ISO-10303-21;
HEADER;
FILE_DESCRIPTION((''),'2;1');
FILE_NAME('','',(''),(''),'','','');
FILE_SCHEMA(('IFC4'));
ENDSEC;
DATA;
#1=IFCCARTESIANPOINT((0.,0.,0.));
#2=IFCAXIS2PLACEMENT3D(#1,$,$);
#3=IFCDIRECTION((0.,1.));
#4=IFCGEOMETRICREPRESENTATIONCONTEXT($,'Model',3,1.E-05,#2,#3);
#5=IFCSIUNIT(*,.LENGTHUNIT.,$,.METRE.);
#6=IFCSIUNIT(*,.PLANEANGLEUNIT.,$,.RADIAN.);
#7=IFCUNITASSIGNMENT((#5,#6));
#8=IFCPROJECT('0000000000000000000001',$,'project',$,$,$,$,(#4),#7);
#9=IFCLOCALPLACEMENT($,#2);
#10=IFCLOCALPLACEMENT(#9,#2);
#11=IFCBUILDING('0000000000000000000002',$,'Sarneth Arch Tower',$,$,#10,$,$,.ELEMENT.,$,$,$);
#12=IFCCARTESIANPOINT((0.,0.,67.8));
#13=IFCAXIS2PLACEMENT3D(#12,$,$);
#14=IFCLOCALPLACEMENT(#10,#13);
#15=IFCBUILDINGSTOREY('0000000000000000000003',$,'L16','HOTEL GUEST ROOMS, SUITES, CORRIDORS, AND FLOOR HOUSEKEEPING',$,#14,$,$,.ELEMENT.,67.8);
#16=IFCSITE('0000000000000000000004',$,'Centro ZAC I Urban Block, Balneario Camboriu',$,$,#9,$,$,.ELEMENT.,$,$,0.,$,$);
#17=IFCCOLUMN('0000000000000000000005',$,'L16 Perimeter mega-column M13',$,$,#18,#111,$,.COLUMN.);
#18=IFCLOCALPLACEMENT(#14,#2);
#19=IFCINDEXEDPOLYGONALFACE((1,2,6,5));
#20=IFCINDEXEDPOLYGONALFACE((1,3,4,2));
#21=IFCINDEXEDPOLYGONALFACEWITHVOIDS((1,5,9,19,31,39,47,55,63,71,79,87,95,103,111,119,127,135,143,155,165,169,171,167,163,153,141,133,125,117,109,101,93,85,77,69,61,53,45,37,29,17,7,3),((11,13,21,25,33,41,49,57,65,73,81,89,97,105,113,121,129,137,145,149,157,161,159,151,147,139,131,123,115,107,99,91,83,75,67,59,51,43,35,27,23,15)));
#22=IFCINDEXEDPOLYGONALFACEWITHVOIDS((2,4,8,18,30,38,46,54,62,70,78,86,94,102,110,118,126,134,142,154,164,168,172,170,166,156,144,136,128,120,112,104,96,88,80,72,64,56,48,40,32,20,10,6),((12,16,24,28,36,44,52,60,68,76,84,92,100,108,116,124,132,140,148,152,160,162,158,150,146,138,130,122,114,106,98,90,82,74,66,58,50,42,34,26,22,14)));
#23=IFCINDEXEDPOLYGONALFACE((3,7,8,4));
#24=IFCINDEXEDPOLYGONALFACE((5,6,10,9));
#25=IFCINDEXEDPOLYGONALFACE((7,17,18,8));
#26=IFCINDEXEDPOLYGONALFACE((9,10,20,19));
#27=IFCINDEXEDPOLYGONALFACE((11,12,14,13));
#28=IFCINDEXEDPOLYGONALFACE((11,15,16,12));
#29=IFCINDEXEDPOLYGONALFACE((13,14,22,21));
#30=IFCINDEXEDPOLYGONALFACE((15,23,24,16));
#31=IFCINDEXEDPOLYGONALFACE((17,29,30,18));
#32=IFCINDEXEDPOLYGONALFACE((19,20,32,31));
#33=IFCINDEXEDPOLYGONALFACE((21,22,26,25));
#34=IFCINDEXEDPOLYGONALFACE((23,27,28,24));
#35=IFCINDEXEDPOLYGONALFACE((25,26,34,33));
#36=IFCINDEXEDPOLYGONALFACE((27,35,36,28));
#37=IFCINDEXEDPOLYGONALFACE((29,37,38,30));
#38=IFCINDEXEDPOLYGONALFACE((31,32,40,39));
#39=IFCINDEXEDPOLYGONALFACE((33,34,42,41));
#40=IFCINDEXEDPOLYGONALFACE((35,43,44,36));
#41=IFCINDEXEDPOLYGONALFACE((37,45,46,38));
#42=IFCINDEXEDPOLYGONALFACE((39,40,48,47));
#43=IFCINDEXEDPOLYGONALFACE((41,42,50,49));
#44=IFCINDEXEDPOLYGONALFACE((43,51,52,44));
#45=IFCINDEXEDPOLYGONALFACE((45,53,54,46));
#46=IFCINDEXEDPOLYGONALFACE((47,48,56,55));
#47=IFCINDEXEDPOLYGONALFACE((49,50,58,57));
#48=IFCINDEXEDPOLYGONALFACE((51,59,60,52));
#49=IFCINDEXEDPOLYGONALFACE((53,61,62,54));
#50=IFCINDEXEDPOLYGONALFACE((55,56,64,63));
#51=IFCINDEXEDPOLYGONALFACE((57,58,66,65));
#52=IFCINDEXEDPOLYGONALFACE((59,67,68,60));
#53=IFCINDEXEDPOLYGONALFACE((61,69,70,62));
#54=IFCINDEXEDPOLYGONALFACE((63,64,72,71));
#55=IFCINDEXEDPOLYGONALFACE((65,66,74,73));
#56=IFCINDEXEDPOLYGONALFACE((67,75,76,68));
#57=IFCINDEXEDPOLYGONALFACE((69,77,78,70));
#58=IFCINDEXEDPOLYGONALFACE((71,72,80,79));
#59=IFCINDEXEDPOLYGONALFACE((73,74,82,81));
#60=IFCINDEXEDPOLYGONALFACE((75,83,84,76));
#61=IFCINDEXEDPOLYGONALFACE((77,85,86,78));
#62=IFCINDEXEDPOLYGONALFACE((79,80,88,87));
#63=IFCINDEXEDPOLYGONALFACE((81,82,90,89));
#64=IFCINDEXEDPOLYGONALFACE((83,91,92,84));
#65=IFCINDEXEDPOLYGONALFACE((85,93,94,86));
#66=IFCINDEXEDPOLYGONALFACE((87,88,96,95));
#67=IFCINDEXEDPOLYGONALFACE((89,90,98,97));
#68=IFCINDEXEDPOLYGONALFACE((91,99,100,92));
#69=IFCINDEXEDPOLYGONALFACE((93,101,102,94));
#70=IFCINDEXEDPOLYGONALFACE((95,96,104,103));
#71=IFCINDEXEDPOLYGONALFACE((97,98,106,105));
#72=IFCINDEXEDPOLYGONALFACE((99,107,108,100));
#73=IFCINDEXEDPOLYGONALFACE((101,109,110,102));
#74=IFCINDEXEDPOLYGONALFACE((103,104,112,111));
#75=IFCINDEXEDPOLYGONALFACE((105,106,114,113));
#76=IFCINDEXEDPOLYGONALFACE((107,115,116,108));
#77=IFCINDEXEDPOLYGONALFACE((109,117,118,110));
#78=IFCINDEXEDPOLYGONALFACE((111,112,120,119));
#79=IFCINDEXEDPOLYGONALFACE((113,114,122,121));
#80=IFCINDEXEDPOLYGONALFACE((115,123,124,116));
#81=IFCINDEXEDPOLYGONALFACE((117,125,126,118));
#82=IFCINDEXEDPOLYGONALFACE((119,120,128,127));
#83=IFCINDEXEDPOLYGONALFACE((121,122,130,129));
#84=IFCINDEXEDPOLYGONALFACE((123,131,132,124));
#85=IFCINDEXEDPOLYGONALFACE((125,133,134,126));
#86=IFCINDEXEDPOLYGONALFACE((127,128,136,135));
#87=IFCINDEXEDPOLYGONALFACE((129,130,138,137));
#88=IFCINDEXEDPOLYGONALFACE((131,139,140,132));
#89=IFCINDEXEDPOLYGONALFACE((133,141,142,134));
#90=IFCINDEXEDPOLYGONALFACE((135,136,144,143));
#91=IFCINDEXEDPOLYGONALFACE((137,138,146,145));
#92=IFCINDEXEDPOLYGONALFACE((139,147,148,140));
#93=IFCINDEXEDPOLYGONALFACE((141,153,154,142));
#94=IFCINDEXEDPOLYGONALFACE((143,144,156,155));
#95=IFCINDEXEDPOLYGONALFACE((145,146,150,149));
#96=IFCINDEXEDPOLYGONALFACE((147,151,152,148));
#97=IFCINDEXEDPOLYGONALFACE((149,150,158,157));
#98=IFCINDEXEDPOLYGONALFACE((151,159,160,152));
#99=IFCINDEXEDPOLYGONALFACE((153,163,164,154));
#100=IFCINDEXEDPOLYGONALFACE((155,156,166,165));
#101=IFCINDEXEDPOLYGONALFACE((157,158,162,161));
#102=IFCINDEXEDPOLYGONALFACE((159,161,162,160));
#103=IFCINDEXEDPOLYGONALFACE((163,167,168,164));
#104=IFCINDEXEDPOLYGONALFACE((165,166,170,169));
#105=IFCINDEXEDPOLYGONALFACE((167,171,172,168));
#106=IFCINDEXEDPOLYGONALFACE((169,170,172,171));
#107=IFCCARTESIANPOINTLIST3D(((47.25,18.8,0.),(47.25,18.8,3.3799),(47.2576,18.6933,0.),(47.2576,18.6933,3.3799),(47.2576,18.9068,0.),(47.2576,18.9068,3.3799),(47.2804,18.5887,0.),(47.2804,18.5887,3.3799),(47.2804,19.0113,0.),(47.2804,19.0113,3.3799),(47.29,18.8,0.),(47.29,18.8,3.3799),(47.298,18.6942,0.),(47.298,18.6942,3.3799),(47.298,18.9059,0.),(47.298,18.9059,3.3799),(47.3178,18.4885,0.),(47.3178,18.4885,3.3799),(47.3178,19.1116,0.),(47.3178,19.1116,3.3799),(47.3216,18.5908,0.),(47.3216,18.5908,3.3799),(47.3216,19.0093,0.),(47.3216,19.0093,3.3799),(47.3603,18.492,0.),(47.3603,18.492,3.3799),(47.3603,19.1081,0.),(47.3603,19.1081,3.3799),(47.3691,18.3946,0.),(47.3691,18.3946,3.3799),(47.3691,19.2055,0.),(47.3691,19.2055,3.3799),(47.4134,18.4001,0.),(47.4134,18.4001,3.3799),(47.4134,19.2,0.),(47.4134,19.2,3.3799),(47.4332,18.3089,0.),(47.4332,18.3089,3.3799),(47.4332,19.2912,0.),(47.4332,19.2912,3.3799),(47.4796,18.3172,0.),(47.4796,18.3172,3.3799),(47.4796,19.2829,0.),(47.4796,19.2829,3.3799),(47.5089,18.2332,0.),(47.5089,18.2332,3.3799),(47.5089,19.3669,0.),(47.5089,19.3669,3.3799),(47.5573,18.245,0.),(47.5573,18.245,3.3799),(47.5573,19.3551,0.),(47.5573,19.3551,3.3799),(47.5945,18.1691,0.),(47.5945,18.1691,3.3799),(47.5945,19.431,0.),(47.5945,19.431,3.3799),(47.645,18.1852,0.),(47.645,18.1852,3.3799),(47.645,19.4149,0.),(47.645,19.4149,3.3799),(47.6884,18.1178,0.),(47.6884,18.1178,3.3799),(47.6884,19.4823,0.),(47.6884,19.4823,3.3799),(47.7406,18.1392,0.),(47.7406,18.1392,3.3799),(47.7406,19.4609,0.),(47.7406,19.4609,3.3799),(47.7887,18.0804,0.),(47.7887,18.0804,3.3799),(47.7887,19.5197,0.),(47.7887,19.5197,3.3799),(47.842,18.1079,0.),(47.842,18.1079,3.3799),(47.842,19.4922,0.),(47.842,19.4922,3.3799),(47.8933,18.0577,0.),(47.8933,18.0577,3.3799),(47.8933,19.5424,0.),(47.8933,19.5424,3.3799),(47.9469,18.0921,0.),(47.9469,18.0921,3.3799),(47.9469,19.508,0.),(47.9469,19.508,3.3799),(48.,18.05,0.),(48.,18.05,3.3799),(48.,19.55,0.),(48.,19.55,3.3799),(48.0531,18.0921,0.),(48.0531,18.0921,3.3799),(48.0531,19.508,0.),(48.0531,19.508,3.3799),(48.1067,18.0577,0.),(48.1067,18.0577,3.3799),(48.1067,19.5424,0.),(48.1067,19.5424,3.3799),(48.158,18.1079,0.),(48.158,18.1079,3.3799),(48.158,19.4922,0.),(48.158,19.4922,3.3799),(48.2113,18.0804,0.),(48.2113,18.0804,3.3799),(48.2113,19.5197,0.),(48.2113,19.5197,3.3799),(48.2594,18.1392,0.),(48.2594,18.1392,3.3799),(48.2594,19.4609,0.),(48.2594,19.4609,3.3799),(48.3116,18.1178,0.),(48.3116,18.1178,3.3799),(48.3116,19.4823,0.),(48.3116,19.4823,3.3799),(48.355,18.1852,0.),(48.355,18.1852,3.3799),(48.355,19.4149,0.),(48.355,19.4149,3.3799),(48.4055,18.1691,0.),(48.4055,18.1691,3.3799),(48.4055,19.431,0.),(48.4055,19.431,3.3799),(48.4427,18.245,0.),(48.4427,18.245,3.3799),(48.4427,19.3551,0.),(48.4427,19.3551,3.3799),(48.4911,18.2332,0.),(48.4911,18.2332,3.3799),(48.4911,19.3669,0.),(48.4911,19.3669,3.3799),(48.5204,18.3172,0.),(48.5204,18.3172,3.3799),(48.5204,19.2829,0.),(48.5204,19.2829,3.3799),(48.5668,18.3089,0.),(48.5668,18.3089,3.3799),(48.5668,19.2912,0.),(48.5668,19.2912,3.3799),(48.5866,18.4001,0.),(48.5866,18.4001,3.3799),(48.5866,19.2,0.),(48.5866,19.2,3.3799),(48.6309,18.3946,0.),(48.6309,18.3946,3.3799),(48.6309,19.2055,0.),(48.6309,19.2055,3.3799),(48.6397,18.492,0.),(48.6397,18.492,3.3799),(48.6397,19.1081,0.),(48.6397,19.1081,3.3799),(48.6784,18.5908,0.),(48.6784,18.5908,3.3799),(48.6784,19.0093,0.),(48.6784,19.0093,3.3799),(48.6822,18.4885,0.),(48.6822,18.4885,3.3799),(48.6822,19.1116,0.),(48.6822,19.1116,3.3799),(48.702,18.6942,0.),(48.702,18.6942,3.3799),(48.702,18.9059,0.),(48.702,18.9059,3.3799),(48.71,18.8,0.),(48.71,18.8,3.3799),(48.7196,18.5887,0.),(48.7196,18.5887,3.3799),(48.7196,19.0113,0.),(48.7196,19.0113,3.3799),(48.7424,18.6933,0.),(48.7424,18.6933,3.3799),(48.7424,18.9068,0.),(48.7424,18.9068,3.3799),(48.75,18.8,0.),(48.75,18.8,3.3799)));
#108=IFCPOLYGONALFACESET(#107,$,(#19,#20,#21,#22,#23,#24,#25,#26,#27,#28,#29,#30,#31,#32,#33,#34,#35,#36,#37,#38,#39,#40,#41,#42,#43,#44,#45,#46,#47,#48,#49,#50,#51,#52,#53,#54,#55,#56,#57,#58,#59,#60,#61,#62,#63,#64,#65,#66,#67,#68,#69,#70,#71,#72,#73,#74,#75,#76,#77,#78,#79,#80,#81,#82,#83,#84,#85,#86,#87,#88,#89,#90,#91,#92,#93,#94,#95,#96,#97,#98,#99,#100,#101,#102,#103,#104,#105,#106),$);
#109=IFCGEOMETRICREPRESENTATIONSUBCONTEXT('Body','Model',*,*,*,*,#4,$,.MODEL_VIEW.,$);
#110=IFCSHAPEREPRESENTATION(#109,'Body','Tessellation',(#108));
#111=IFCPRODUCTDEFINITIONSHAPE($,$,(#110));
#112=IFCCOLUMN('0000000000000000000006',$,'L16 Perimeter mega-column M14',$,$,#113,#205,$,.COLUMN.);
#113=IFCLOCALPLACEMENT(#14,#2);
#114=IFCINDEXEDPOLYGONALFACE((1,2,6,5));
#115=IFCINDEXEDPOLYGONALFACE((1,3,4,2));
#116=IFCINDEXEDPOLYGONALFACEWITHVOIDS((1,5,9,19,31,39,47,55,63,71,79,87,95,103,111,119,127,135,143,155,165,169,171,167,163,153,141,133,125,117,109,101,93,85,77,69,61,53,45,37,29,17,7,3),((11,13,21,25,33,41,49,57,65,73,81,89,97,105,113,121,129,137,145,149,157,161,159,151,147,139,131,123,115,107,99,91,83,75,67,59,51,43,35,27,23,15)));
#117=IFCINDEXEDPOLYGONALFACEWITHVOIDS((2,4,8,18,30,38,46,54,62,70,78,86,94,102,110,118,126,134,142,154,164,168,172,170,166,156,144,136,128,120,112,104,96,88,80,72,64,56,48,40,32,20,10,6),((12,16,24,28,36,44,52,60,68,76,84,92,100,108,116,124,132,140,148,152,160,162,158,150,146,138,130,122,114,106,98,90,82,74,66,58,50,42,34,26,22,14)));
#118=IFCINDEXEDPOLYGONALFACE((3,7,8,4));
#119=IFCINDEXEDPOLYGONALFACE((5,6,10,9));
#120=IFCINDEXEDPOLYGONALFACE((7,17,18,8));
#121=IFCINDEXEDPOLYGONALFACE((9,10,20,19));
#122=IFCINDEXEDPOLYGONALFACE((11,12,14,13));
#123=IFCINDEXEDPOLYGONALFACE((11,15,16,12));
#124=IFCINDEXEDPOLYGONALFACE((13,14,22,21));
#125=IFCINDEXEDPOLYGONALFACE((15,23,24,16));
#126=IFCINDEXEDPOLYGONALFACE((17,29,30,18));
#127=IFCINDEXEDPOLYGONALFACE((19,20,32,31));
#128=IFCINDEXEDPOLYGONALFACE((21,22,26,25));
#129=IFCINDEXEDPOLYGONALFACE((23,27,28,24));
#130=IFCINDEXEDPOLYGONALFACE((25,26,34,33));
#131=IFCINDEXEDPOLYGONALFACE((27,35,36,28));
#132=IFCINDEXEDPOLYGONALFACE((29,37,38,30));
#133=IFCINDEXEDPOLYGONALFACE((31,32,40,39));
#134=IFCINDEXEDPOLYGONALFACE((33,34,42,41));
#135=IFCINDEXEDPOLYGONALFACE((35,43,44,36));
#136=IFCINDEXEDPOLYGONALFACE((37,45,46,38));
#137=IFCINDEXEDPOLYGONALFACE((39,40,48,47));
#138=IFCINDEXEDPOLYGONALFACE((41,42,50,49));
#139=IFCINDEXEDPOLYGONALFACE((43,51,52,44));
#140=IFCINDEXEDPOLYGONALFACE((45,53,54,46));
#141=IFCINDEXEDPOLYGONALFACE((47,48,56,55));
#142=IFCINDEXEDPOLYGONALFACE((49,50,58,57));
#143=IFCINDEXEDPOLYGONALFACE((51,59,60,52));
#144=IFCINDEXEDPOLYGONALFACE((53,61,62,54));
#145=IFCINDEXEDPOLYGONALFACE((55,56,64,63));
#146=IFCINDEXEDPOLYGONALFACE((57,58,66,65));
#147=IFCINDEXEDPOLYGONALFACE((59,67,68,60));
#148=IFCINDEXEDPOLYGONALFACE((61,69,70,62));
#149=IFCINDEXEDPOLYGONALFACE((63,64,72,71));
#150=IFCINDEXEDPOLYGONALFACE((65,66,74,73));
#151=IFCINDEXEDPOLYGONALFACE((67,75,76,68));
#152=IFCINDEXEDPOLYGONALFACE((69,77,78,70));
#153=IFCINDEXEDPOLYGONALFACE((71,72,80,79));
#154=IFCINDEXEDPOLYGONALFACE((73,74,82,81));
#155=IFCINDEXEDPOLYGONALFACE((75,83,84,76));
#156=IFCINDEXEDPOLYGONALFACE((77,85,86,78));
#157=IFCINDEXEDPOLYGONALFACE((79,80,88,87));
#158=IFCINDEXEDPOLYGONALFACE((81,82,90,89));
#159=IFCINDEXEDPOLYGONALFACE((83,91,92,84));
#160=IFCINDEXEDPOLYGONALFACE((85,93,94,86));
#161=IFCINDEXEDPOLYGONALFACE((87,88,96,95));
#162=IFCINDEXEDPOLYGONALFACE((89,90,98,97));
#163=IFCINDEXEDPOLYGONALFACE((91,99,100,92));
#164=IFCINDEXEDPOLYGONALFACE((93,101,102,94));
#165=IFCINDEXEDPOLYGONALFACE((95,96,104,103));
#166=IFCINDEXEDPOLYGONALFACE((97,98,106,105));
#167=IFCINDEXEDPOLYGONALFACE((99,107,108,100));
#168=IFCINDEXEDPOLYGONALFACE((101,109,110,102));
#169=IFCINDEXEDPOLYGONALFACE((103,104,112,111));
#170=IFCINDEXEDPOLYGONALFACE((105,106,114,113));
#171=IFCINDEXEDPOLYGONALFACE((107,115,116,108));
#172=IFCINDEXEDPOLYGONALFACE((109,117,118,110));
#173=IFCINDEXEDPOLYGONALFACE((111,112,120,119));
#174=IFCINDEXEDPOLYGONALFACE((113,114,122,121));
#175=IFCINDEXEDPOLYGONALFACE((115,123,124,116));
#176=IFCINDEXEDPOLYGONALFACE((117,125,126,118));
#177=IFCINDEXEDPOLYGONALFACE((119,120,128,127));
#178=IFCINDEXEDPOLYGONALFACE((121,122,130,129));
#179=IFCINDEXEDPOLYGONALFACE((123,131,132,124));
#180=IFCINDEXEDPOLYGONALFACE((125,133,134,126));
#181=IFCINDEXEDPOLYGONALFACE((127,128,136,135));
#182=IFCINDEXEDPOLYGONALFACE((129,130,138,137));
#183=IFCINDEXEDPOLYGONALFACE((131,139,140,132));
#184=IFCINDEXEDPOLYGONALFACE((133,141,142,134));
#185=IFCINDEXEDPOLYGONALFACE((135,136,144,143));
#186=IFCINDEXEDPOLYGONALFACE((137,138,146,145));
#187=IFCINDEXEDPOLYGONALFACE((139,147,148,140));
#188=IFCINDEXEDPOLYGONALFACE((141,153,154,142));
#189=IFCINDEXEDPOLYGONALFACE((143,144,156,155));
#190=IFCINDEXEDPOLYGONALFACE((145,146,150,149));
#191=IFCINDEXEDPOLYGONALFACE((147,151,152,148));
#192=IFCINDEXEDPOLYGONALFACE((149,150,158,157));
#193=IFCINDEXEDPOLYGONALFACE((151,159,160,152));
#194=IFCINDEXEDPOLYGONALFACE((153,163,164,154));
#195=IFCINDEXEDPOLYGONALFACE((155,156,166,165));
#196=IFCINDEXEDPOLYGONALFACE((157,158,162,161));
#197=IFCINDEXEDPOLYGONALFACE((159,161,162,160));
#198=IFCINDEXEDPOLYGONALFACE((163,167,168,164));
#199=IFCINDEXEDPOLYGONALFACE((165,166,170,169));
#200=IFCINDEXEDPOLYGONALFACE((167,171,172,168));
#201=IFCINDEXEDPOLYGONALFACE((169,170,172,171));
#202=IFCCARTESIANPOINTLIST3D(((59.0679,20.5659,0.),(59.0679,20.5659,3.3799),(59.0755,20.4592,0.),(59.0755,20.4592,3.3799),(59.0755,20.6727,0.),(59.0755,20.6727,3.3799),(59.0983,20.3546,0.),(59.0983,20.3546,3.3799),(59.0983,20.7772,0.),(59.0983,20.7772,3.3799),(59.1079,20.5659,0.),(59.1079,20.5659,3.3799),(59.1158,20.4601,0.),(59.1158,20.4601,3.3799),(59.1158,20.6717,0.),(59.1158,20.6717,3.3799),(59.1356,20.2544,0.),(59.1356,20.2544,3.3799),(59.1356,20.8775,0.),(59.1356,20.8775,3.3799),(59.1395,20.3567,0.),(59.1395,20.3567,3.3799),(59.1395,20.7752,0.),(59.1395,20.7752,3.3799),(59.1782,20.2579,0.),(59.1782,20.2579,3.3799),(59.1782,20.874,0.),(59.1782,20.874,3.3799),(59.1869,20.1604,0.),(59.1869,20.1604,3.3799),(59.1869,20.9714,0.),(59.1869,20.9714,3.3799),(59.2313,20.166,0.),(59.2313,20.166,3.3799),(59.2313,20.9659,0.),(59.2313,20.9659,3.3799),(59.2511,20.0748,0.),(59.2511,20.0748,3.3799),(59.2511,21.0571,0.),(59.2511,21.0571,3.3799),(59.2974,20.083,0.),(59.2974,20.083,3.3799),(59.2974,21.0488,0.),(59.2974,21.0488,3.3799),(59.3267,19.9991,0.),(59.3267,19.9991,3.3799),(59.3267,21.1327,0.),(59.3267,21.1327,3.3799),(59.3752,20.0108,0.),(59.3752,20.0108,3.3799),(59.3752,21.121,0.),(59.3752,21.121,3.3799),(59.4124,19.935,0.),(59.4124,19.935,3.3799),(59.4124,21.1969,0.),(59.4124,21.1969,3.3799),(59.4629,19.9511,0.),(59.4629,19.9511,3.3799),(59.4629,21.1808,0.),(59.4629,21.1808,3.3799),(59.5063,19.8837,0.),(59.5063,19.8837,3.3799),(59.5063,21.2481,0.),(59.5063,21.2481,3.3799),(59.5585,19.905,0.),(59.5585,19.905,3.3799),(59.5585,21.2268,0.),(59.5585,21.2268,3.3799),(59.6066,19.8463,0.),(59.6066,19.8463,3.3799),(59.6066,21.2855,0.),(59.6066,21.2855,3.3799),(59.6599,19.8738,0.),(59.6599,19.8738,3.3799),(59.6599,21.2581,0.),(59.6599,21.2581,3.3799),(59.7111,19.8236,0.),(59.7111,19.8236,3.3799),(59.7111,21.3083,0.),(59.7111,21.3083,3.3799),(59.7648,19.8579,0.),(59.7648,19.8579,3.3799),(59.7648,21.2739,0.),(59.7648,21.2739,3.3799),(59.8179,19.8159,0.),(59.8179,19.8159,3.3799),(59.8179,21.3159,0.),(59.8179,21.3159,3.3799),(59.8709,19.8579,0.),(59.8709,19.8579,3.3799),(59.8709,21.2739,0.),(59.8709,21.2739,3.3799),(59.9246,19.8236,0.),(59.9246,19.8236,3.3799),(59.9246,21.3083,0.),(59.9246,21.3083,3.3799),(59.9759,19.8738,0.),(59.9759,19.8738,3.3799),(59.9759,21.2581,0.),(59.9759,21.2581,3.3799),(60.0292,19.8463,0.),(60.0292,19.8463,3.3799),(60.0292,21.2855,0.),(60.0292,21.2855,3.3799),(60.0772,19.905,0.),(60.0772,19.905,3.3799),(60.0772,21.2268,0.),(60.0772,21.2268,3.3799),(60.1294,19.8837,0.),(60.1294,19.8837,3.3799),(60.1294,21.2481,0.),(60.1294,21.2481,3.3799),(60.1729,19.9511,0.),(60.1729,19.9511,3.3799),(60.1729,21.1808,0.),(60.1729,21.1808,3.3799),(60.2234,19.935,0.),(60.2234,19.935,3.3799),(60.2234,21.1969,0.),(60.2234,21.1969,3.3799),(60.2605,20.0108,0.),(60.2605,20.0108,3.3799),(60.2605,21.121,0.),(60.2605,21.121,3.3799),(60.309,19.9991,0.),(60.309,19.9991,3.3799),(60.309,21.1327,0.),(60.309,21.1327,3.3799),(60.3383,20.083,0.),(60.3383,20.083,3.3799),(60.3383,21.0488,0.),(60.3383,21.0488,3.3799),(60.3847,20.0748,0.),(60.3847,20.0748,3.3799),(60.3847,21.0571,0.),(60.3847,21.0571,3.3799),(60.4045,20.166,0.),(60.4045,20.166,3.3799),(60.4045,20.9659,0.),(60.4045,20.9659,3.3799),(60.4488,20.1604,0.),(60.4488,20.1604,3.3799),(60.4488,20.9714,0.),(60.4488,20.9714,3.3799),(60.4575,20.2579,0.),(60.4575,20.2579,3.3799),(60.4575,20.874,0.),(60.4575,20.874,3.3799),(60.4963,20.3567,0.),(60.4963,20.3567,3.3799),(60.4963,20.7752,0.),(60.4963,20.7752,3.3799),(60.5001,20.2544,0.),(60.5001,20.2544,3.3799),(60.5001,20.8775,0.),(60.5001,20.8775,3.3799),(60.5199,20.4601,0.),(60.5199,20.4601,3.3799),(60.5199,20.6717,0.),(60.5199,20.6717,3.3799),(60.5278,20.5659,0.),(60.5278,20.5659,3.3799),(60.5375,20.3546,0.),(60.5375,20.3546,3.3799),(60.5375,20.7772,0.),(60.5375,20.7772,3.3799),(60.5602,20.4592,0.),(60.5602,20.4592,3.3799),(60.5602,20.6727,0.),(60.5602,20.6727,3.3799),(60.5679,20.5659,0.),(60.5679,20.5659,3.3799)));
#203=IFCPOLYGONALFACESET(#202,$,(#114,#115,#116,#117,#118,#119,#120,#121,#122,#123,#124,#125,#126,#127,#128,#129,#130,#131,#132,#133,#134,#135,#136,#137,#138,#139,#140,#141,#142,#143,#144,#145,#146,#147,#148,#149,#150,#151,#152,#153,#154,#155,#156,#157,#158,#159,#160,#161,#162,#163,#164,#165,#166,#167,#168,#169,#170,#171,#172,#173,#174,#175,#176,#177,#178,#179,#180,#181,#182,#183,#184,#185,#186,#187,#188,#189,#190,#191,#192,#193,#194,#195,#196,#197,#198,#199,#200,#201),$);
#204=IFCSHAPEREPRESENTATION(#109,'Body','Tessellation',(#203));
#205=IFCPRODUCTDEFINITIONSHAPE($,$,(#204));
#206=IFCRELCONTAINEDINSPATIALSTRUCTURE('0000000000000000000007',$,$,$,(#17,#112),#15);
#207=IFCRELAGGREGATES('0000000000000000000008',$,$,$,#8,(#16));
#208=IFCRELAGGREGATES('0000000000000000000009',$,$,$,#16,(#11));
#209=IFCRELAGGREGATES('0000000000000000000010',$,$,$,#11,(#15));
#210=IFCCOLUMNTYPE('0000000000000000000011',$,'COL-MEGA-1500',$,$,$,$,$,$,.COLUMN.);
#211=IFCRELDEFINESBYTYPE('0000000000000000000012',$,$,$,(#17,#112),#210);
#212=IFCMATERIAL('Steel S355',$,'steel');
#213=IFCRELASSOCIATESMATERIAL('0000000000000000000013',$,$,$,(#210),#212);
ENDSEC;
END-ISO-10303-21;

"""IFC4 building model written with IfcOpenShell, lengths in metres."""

from ifc_helpers import new_model, si_unit, direction, frame, origin, origin_2d, place, context, subcontext, project, spatial, hollow_circle, extrude, material, material_profile, profile_set, type_object, element, save


model = new_model("IFC4")

# Units and contexts
model_context = context("Model", 3, precision=1e-05, world=origin(), true_north=direction((0.0, 1.0)))
body_context = subcontext(model_context, "Body", "Model", "MODEL_VIEW")
ifc_project = project(units=[si_unit("LENGTHUNIT", "METRE"), si_unit("PLANEANGLEUNIT", "RADIAN")], contexts=[model_context])

# Site, building, storey
site_placement = place(None, origin())
site = spatial("IfcSite", under=ifc_project, at=site_placement, Name="Centro ZAC I Urban Block, Balneario Camboriu", CompositionType="ELEMENT", RefElevation=0.0)
building_placement = place(site_placement, origin())
building = spatial("IfcBuilding", under=site, at=building_placement, Name="Sarneth Arch Tower", CompositionType="ELEMENT")
storey_placement = place(building_placement, frame((0.0, 0.0, 67.8)))
storey = spatial("IfcBuildingStorey", under=building, at=storey_placement, Name="L16", Description="HOTEL GUEST ROOMS, SUITES, CORRIDORS, AND FLOOR HOUSEKEEPING", CompositionType="ELEMENT", Elevation=67.8)

# Columns
ifc_material_1 = material(Name="Steel S355", Category="steel")
ifc_material_profile_1 = material_profile(ifc_material_1, hollow_circle(Radius=0.75, WallThickness=0.04, at=origin_2d()), Name="CHS1500x40")
ifc_profile_set_1 = profile_set([ifc_material_profile_1], Name="Steel S355")
column_type = type_object("IfcColumnType", Name="COL-MEGA-1500", PredefinedType="COLUMN", material=ifc_profile_set_1)
for number, where, z_axis, x_axis, name in (
    (1, (48.0, 18.8, 0.0), (0.0, 0.0, 1.0), (1.0, 0.0, 0.0), "L16 Perimeter mega-column M13"),
    (2, (59.8179, 20.5659, 0.0), (0.0, 0.0, 1.0), (1.0, 0.0, 0.0), "L16 Perimeter mega-column M14"),
):
    element("IfcColumn", number, at=place(storey_placement, frame(where, z_axis=z_axis, x_axis=x_axis)), inside=storey, type_object=column_type, Name=name, PredefinedType="COLUMN", context=body_context, shape_type="SweptSolid", body=[
        extrude(hollow_circle(Radius=0.75, WallThickness=0.04, at=origin_2d()), origin(), (0.0, 0.0, 1.0), 3.3799),
    ])

save(model, "model.ifc")
